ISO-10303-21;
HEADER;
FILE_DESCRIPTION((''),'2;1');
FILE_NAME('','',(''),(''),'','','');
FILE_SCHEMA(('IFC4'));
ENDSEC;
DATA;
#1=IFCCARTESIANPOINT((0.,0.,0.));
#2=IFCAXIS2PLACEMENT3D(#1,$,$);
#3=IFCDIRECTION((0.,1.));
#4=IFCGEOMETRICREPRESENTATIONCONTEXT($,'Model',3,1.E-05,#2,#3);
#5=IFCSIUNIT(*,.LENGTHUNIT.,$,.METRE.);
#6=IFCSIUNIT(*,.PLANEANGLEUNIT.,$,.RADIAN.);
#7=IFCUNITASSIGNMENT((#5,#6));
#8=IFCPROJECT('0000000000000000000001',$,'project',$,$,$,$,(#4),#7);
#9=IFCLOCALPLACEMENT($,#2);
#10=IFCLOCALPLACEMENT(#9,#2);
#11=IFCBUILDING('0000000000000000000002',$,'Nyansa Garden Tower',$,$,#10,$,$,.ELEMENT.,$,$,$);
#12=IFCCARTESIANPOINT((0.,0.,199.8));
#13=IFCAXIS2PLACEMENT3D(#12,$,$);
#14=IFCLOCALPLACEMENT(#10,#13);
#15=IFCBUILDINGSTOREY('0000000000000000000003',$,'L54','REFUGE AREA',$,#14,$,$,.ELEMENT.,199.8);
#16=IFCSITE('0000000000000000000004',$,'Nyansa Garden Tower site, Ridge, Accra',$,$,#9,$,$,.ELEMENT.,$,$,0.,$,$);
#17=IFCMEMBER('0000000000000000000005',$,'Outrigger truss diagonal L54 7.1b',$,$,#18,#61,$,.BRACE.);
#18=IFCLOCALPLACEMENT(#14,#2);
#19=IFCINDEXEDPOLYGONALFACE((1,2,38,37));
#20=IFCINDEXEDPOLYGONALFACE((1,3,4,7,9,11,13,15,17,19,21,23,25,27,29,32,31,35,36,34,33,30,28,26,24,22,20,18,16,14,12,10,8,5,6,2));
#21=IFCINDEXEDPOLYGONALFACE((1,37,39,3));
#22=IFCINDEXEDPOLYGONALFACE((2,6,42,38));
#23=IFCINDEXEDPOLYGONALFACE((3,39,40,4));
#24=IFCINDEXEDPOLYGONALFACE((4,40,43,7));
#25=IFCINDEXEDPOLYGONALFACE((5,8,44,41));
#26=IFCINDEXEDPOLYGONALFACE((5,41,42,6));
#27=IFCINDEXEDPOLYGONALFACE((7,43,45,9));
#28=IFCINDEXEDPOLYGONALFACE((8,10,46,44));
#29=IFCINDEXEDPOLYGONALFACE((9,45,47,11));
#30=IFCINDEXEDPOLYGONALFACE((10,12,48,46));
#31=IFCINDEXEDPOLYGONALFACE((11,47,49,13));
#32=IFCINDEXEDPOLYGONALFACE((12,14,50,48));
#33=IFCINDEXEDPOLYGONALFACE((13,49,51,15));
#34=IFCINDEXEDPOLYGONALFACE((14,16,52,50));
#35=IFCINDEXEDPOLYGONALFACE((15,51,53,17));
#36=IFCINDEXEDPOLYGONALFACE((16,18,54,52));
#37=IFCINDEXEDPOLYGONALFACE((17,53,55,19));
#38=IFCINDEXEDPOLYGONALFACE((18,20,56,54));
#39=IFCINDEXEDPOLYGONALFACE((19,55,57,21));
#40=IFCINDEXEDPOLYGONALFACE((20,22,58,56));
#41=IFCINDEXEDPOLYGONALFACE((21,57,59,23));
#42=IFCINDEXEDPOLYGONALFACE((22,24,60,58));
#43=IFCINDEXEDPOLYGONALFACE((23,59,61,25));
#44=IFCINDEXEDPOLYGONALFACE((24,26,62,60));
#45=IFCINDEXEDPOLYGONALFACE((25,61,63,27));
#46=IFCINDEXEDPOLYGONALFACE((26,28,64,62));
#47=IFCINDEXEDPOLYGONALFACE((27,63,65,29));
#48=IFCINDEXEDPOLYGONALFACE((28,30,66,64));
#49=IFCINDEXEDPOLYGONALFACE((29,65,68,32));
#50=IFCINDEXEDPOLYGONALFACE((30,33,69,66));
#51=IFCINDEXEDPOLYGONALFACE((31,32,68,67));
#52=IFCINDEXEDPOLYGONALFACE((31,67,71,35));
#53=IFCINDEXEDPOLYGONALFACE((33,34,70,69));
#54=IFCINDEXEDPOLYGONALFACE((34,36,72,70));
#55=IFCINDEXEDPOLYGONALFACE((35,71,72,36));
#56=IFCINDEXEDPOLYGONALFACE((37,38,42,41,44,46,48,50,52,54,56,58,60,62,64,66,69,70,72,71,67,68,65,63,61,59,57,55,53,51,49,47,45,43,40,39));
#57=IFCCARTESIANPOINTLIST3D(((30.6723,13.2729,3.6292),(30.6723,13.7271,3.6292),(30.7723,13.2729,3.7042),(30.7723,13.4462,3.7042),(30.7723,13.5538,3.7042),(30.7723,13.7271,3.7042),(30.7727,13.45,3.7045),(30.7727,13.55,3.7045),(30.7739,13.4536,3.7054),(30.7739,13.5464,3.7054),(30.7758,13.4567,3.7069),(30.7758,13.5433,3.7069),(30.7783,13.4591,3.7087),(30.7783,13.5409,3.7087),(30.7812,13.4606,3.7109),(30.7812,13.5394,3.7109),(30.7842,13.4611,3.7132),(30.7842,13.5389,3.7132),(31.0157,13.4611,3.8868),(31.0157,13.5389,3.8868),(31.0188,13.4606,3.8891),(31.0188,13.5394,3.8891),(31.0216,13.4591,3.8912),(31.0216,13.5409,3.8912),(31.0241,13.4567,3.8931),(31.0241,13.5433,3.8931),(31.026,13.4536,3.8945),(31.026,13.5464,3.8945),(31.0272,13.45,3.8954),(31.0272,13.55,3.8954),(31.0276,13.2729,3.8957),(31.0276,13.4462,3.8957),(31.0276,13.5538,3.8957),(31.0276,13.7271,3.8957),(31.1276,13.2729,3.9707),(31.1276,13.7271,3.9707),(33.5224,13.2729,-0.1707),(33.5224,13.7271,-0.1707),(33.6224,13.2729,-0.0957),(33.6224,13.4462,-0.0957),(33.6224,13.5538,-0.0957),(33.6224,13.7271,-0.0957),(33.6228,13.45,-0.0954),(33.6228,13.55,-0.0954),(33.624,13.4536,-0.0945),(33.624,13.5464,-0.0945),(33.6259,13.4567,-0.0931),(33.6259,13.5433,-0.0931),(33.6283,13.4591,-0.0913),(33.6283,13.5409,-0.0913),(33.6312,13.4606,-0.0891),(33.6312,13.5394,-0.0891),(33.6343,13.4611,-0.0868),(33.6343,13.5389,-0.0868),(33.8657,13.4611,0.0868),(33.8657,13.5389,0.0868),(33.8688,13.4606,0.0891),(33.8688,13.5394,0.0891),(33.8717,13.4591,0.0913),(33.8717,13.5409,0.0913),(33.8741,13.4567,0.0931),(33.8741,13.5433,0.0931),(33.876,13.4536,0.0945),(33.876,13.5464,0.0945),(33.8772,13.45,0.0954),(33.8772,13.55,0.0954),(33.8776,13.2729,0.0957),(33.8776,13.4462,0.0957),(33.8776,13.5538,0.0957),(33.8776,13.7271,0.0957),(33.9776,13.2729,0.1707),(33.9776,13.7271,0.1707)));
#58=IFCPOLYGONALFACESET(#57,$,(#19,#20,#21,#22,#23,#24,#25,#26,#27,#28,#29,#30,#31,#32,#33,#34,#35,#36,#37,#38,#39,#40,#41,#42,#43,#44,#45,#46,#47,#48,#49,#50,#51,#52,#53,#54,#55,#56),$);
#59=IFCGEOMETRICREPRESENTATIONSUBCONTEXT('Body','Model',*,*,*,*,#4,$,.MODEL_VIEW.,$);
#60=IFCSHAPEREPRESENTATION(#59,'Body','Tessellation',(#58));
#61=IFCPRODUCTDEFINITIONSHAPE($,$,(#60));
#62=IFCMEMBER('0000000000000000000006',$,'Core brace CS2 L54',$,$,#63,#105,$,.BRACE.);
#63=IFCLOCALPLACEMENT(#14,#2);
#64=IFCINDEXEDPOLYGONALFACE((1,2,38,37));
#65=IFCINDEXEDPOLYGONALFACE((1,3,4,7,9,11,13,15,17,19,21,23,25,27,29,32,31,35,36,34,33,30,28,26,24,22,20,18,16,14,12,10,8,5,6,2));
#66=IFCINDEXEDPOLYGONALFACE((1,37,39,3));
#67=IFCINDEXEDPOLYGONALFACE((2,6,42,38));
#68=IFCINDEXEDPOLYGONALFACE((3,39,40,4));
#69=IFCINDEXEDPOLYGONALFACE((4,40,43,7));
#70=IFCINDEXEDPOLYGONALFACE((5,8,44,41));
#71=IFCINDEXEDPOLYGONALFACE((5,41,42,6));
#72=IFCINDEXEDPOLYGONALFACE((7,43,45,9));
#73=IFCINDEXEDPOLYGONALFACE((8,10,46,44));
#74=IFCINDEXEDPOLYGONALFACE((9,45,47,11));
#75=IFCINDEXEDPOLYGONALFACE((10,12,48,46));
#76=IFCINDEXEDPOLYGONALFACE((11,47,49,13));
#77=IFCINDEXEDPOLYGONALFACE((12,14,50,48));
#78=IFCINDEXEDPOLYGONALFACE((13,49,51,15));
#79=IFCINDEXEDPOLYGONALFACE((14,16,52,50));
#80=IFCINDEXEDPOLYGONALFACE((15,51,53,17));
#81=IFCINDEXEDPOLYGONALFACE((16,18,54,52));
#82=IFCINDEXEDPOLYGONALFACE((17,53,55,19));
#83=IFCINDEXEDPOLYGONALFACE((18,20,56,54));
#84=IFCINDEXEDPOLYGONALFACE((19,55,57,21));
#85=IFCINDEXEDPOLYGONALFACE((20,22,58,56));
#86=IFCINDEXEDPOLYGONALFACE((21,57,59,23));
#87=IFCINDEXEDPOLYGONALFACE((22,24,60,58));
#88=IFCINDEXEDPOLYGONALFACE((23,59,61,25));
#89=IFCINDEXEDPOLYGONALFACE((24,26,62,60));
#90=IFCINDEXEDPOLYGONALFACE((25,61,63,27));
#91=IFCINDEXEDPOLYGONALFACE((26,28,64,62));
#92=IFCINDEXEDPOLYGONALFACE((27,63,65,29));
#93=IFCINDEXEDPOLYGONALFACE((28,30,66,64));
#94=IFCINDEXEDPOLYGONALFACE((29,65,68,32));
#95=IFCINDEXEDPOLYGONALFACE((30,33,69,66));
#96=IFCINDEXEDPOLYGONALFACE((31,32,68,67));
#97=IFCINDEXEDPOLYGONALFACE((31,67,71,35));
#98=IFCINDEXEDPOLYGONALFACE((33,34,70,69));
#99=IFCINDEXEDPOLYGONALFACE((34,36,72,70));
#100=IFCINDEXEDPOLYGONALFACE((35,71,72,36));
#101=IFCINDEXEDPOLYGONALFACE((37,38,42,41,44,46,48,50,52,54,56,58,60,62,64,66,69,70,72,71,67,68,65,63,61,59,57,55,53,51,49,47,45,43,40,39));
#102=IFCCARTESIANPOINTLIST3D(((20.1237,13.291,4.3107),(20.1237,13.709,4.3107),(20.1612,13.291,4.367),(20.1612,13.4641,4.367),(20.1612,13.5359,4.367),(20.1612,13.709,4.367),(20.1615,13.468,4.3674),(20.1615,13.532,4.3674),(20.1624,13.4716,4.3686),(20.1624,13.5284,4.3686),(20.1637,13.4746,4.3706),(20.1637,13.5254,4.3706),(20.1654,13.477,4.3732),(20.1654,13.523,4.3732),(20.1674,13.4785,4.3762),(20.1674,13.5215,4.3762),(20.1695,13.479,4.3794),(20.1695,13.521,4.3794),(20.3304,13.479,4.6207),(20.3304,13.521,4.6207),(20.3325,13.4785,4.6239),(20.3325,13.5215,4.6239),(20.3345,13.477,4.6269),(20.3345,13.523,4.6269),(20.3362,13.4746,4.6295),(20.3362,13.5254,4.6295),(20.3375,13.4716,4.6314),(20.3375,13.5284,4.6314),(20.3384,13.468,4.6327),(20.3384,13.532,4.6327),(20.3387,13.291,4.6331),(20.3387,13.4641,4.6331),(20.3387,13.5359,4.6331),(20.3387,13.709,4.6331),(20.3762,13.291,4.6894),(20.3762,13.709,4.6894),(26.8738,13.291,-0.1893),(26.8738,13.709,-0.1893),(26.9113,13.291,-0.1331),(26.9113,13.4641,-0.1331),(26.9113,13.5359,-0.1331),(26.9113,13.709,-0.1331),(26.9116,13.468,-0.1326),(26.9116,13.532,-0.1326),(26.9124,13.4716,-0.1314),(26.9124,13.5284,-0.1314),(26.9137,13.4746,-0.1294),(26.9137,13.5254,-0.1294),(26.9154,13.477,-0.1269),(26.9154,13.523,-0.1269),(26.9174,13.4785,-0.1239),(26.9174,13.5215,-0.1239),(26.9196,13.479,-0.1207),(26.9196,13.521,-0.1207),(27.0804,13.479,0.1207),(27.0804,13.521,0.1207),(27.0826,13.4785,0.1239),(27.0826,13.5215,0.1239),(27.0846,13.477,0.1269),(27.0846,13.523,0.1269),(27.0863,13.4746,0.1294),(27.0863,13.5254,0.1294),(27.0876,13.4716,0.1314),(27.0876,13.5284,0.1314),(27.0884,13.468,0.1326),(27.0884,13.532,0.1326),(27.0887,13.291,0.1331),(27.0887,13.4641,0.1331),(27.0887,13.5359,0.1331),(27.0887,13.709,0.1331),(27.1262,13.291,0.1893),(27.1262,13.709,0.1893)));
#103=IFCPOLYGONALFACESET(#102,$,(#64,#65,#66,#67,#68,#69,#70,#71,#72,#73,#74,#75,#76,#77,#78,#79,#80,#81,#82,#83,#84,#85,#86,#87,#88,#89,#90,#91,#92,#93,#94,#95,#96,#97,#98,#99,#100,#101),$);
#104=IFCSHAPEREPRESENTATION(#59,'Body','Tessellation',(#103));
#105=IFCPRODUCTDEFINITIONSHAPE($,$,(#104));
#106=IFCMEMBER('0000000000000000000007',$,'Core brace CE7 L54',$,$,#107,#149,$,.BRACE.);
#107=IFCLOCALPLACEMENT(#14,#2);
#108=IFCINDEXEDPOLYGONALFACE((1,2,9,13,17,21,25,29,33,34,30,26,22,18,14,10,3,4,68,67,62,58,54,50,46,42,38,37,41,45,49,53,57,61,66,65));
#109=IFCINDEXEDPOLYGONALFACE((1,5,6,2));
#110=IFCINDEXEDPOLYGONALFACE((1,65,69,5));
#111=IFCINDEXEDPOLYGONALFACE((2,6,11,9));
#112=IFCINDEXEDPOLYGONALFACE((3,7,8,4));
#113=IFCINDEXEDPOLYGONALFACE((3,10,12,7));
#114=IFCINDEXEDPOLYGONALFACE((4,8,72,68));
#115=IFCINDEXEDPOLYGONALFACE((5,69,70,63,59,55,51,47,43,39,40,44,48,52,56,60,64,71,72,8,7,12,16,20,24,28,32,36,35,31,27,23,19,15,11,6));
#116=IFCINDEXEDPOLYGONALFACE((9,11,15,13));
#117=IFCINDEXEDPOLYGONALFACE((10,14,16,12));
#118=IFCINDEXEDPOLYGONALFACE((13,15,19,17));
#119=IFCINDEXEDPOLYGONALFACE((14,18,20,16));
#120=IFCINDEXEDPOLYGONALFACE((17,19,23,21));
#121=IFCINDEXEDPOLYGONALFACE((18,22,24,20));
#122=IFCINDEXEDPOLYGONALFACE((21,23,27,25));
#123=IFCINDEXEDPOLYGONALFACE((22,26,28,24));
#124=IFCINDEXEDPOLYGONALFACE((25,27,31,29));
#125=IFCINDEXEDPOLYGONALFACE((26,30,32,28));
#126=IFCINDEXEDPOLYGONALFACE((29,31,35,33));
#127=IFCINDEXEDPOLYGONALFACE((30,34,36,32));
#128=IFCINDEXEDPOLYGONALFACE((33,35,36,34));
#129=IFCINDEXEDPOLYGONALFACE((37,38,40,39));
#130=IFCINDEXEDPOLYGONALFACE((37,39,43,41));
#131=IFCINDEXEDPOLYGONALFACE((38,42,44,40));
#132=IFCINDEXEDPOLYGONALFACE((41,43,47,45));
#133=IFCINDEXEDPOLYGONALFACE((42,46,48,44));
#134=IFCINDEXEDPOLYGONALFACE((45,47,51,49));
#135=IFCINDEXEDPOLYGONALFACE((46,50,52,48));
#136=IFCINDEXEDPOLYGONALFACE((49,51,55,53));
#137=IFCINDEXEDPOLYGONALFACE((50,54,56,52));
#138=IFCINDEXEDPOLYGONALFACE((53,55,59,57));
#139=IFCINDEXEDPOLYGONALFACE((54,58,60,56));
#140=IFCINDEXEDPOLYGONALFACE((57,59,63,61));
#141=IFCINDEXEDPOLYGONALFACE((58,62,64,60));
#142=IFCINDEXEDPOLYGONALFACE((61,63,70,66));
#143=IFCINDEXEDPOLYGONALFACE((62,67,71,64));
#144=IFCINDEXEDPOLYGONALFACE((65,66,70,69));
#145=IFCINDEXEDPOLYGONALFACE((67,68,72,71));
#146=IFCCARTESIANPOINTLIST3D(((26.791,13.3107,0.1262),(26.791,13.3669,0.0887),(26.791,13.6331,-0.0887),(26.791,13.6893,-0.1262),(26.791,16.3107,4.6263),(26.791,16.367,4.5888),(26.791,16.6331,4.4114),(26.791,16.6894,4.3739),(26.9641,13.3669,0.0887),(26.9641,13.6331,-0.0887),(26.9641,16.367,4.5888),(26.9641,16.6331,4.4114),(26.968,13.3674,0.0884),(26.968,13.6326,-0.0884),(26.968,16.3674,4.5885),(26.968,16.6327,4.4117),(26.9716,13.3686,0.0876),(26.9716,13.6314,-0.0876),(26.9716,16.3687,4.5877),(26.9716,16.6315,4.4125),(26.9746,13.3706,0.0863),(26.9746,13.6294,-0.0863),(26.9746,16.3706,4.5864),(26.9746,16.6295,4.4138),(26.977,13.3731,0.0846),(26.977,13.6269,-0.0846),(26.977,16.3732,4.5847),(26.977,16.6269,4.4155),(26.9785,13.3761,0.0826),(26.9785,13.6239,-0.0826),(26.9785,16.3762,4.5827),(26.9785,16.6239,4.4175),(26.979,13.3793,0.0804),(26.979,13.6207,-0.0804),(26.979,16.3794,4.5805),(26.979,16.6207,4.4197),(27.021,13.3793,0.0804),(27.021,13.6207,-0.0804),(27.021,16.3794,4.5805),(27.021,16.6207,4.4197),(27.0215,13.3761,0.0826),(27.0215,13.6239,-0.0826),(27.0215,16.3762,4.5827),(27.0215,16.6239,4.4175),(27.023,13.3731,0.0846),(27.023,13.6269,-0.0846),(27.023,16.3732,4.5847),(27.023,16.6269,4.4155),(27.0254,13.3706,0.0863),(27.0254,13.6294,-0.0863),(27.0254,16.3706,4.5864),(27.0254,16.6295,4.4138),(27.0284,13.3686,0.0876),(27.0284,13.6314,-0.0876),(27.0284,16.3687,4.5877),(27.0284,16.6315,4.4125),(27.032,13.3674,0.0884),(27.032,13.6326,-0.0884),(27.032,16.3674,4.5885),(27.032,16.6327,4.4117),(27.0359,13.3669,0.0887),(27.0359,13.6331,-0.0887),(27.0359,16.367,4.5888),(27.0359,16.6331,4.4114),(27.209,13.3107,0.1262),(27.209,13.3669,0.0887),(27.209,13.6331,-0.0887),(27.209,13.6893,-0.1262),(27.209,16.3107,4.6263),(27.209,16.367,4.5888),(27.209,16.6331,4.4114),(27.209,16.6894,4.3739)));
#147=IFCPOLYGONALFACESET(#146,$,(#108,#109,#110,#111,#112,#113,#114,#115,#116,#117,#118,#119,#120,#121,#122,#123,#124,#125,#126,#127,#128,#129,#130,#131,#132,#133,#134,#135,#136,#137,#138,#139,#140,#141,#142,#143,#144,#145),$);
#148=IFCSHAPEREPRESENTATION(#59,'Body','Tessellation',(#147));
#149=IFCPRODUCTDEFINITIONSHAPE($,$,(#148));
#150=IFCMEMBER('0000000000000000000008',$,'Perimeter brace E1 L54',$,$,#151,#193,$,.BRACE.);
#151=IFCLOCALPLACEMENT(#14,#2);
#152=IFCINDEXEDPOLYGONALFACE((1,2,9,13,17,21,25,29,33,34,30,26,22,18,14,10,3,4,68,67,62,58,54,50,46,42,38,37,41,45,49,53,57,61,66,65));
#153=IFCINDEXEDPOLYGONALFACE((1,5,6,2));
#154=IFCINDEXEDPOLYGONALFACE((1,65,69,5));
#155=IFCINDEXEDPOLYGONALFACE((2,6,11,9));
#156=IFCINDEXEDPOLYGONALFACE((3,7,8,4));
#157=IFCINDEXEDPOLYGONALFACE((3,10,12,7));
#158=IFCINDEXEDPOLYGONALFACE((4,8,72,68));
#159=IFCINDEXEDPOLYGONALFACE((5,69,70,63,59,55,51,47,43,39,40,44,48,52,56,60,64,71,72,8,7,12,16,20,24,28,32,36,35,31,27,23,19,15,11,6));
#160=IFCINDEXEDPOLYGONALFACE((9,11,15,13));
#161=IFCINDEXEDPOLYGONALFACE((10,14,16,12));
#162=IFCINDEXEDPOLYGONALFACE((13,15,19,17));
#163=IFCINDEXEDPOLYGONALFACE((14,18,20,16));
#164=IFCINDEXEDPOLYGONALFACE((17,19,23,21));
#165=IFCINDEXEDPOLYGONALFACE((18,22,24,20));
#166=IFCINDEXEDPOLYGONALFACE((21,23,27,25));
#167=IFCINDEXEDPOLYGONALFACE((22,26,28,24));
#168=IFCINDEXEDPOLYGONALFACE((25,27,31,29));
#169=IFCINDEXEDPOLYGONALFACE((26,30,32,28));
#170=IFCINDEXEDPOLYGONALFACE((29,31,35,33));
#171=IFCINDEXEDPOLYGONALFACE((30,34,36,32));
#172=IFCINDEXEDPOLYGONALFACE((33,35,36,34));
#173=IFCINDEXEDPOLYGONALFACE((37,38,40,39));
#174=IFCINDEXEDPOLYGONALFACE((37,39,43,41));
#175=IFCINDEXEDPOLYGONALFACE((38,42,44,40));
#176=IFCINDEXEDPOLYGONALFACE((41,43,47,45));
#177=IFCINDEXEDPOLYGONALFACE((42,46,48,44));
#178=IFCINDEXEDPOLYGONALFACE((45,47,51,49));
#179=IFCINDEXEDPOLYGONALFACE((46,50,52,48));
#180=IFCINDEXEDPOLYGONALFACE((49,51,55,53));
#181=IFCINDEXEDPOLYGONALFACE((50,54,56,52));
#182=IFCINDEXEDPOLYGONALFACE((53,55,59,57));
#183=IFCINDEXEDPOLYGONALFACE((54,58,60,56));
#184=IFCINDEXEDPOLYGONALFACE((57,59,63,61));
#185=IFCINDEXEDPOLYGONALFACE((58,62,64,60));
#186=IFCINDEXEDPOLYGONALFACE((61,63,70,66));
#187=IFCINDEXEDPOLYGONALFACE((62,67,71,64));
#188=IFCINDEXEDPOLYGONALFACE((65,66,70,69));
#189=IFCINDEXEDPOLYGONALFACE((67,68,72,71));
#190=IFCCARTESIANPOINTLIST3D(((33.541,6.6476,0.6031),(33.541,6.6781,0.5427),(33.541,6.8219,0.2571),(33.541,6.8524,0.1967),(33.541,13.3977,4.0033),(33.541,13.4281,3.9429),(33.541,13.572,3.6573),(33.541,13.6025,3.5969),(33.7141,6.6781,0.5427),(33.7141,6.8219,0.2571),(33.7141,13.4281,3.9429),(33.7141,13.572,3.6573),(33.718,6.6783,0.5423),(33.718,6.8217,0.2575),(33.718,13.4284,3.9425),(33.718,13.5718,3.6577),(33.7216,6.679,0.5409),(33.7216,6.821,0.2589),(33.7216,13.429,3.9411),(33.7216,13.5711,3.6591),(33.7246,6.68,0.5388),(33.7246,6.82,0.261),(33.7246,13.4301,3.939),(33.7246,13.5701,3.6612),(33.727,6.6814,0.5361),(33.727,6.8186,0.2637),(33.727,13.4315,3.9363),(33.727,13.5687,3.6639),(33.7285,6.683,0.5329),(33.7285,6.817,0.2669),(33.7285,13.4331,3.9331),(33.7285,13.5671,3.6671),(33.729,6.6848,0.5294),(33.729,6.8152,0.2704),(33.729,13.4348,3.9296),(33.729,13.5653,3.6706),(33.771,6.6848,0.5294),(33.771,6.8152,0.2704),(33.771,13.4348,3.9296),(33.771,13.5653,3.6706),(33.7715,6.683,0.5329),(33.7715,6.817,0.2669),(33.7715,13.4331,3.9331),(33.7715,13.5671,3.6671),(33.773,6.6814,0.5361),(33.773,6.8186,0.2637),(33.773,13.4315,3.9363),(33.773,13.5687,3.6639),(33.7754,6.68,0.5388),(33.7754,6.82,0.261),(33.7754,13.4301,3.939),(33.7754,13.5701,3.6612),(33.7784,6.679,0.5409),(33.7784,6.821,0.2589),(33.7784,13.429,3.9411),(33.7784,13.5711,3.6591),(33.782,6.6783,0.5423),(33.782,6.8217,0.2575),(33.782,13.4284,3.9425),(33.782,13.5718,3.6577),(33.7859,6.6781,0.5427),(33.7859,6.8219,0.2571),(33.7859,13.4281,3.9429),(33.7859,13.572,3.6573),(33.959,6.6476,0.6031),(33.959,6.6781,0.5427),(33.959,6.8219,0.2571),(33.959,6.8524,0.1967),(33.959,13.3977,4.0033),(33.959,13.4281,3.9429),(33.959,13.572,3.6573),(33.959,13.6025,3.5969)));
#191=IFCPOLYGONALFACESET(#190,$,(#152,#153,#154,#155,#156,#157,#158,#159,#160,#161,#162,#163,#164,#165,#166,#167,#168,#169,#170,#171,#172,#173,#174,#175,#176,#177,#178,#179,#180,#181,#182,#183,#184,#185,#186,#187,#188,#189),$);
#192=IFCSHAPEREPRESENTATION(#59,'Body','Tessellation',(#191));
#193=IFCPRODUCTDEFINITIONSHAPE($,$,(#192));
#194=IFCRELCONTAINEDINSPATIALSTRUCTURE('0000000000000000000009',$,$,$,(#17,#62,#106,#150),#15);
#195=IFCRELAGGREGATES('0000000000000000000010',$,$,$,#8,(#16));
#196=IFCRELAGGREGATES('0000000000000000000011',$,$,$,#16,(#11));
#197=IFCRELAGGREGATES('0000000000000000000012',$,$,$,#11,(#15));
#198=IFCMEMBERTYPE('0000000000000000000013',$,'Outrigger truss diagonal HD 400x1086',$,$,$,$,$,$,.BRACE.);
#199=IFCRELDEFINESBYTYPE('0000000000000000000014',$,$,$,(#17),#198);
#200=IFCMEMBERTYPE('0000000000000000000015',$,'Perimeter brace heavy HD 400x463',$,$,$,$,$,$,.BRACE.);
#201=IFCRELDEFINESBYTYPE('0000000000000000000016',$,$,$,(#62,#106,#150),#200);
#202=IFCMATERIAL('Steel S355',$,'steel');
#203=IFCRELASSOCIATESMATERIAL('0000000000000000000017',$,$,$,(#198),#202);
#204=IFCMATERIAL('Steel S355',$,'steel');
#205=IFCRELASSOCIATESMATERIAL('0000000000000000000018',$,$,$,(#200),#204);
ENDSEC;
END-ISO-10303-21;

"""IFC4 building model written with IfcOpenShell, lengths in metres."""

from ifc_helpers import new_model, si_unit, direction, frame, origin, origin_2d, place, context, subcontext, project, spatial, i_section, extrude, material, material_profile, profile_set, type_object, element, save


model = new_model("IFC4")

# Units and contexts
model_context = context("Model", 3, precision=1e-05, world=origin(), true_north=direction((0.0, 1.0)))
body_context = subcontext(model_context, "Body", "Model", "MODEL_VIEW")
ifc_project = project(units=[si_unit("LENGTHUNIT", "METRE"), si_unit("PLANEANGLEUNIT", "RADIAN")], contexts=[model_context])

# Site, building, storey
site_placement = place(None, origin())
site = spatial("IfcSite", under=ifc_project, at=site_placement, Name="Nyansa Garden Tower site, Ridge, Accra", CompositionType="ELEMENT", RefElevation=0.0)
building_placement = place(site_placement, origin())
building = spatial("IfcBuilding", under=site, at=building_placement, Name="Nyansa Garden Tower", CompositionType="ELEMENT")
storey_placement = place(building_placement, frame((0.0, 0.0, 199.8)))
storey = spatial("IfcBuildingStorey", under=building, at=storey_placement, Name="L54", Description="REFUGE AREA", CompositionType="ELEMENT", Elevation=199.8)

# Members
ifc_material_1 = material(Name="Steel S355", Category="steel")
ifc_material_profile_1 = material_profile(ifc_material_1, i_section(OverallWidth=0.4541, OverallDepth=0.5691, WebThickness=0.0779, FlangeThickness=0.125, FilletRadius=0.0149, at=origin_2d()), Name="HD 400x1086")
ifc_profile_set_1 = profile_set([ifc_material_profile_1], Name="Steel S355")
member_type_1 = type_object("IfcMemberType", Name="Outrigger truss diagonal HD 400x1086", PredefinedType="BRACE", material=ifc_profile_set_1)
member_1_placement = place(storey_placement, frame((33.75, 13.5, 0.0), z_axis=(-0.600008, 0.0, 0.799994), x_axis=(0.0, -1.0, 0.0)))
element("IfcMember", 1, at=member_1_placement, inside=storey, type_object=member_type_1, Name="Outrigger truss diagonal L54 7.1b", PredefinedType="BRACE", context=body_context, shape_type="SweptSolid", body=[
    extrude(i_section(OverallWidth=0.4541, OverallDepth=0.5691, WebThickness=0.0779, FlangeThickness=0.125, FilletRadius=0.0149, at=origin_2d()), origin(), (0.0, 0.0, 1.0), 4.75),
])
ifc_material_2 = material(Name="Steel S355", Category="steel")
ifc_material_profile_2 = material_profile(ifc_material_2, i_section(OverallWidth=0.418, OverallDepth=0.4551, WebThickness=0.042, FlangeThickness=0.0676, FilletRadius=0.0149, at=origin_2d()), Name="HD 400x463")
ifc_profile_set_2 = profile_set([ifc_material_profile_2], Name="Steel S355")
member_type_2 = type_object("IfcMemberType", Name="Perimeter brace heavy HD 400x463", PredefinedType="BRACE", material=ifc_profile_set_2)
member_2_placement = place(storey_placement, frame((27.0, 13.5, 0.0), z_axis=(-0.83205, 0.0, 0.5547), x_axis=(0.0, -1.0, 0.0)))
element("IfcMember", 2, at=member_2_placement, inside=storey, type_object=member_type_2, Name="Core brace CS2 L54", PredefinedType="BRACE", context=body_context, shape_type="SweptSolid", body=[
    extrude(i_section(OverallWidth=0.418, OverallDepth=0.4551, WebThickness=0.042, FlangeThickness=0.0676, FilletRadius=0.0149, at=origin_2d()), origin(), (0.0, 0.0, 1.0), 8.1125),
])
member_3_placement = place(storey_placement, frame((27.0, 13.5, 0.0), z_axis=(0.0, 0.5547, 0.83205), x_axis=(-1.0, 0.0, 0.0)))
element("IfcMember", 3, at=member_3_placement, inside=storey, type_object=member_type_2, Name="Core brace CE7 L54", PredefinedType="BRACE", context=body_context, shape_type="SweptSolid", body=[
    extrude(i_section(OverallWidth=0.418, OverallDepth=0.4551, WebThickness=0.042, FlangeThickness=0.0676, FilletRadius=0.0149, at=origin_2d()), origin(), (0.0, 0.0, 1.0), 5.4084),
])
member_4_placement = place(storey_placement, frame((33.75, 6.75, 0.3999), z_axis=(0.0, 0.893092, 0.449873), x_axis=(-1.0, 0.0, 0.0)))
element("IfcMember", 4, at=member_4_placement, inside=storey, type_object=member_type_2, Name="Perimeter brace E1 L54", PredefinedType="BRACE", context=body_context, shape_type="SweptSolid", body=[
    extrude(i_section(OverallWidth=0.418, OverallDepth=0.4551, WebThickness=0.042, FlangeThickness=0.0676, FilletRadius=0.0149, at=origin_2d()), origin(), (0.0, 0.0, 1.0), 7.5581),
])

save(model, "model.ifc")
